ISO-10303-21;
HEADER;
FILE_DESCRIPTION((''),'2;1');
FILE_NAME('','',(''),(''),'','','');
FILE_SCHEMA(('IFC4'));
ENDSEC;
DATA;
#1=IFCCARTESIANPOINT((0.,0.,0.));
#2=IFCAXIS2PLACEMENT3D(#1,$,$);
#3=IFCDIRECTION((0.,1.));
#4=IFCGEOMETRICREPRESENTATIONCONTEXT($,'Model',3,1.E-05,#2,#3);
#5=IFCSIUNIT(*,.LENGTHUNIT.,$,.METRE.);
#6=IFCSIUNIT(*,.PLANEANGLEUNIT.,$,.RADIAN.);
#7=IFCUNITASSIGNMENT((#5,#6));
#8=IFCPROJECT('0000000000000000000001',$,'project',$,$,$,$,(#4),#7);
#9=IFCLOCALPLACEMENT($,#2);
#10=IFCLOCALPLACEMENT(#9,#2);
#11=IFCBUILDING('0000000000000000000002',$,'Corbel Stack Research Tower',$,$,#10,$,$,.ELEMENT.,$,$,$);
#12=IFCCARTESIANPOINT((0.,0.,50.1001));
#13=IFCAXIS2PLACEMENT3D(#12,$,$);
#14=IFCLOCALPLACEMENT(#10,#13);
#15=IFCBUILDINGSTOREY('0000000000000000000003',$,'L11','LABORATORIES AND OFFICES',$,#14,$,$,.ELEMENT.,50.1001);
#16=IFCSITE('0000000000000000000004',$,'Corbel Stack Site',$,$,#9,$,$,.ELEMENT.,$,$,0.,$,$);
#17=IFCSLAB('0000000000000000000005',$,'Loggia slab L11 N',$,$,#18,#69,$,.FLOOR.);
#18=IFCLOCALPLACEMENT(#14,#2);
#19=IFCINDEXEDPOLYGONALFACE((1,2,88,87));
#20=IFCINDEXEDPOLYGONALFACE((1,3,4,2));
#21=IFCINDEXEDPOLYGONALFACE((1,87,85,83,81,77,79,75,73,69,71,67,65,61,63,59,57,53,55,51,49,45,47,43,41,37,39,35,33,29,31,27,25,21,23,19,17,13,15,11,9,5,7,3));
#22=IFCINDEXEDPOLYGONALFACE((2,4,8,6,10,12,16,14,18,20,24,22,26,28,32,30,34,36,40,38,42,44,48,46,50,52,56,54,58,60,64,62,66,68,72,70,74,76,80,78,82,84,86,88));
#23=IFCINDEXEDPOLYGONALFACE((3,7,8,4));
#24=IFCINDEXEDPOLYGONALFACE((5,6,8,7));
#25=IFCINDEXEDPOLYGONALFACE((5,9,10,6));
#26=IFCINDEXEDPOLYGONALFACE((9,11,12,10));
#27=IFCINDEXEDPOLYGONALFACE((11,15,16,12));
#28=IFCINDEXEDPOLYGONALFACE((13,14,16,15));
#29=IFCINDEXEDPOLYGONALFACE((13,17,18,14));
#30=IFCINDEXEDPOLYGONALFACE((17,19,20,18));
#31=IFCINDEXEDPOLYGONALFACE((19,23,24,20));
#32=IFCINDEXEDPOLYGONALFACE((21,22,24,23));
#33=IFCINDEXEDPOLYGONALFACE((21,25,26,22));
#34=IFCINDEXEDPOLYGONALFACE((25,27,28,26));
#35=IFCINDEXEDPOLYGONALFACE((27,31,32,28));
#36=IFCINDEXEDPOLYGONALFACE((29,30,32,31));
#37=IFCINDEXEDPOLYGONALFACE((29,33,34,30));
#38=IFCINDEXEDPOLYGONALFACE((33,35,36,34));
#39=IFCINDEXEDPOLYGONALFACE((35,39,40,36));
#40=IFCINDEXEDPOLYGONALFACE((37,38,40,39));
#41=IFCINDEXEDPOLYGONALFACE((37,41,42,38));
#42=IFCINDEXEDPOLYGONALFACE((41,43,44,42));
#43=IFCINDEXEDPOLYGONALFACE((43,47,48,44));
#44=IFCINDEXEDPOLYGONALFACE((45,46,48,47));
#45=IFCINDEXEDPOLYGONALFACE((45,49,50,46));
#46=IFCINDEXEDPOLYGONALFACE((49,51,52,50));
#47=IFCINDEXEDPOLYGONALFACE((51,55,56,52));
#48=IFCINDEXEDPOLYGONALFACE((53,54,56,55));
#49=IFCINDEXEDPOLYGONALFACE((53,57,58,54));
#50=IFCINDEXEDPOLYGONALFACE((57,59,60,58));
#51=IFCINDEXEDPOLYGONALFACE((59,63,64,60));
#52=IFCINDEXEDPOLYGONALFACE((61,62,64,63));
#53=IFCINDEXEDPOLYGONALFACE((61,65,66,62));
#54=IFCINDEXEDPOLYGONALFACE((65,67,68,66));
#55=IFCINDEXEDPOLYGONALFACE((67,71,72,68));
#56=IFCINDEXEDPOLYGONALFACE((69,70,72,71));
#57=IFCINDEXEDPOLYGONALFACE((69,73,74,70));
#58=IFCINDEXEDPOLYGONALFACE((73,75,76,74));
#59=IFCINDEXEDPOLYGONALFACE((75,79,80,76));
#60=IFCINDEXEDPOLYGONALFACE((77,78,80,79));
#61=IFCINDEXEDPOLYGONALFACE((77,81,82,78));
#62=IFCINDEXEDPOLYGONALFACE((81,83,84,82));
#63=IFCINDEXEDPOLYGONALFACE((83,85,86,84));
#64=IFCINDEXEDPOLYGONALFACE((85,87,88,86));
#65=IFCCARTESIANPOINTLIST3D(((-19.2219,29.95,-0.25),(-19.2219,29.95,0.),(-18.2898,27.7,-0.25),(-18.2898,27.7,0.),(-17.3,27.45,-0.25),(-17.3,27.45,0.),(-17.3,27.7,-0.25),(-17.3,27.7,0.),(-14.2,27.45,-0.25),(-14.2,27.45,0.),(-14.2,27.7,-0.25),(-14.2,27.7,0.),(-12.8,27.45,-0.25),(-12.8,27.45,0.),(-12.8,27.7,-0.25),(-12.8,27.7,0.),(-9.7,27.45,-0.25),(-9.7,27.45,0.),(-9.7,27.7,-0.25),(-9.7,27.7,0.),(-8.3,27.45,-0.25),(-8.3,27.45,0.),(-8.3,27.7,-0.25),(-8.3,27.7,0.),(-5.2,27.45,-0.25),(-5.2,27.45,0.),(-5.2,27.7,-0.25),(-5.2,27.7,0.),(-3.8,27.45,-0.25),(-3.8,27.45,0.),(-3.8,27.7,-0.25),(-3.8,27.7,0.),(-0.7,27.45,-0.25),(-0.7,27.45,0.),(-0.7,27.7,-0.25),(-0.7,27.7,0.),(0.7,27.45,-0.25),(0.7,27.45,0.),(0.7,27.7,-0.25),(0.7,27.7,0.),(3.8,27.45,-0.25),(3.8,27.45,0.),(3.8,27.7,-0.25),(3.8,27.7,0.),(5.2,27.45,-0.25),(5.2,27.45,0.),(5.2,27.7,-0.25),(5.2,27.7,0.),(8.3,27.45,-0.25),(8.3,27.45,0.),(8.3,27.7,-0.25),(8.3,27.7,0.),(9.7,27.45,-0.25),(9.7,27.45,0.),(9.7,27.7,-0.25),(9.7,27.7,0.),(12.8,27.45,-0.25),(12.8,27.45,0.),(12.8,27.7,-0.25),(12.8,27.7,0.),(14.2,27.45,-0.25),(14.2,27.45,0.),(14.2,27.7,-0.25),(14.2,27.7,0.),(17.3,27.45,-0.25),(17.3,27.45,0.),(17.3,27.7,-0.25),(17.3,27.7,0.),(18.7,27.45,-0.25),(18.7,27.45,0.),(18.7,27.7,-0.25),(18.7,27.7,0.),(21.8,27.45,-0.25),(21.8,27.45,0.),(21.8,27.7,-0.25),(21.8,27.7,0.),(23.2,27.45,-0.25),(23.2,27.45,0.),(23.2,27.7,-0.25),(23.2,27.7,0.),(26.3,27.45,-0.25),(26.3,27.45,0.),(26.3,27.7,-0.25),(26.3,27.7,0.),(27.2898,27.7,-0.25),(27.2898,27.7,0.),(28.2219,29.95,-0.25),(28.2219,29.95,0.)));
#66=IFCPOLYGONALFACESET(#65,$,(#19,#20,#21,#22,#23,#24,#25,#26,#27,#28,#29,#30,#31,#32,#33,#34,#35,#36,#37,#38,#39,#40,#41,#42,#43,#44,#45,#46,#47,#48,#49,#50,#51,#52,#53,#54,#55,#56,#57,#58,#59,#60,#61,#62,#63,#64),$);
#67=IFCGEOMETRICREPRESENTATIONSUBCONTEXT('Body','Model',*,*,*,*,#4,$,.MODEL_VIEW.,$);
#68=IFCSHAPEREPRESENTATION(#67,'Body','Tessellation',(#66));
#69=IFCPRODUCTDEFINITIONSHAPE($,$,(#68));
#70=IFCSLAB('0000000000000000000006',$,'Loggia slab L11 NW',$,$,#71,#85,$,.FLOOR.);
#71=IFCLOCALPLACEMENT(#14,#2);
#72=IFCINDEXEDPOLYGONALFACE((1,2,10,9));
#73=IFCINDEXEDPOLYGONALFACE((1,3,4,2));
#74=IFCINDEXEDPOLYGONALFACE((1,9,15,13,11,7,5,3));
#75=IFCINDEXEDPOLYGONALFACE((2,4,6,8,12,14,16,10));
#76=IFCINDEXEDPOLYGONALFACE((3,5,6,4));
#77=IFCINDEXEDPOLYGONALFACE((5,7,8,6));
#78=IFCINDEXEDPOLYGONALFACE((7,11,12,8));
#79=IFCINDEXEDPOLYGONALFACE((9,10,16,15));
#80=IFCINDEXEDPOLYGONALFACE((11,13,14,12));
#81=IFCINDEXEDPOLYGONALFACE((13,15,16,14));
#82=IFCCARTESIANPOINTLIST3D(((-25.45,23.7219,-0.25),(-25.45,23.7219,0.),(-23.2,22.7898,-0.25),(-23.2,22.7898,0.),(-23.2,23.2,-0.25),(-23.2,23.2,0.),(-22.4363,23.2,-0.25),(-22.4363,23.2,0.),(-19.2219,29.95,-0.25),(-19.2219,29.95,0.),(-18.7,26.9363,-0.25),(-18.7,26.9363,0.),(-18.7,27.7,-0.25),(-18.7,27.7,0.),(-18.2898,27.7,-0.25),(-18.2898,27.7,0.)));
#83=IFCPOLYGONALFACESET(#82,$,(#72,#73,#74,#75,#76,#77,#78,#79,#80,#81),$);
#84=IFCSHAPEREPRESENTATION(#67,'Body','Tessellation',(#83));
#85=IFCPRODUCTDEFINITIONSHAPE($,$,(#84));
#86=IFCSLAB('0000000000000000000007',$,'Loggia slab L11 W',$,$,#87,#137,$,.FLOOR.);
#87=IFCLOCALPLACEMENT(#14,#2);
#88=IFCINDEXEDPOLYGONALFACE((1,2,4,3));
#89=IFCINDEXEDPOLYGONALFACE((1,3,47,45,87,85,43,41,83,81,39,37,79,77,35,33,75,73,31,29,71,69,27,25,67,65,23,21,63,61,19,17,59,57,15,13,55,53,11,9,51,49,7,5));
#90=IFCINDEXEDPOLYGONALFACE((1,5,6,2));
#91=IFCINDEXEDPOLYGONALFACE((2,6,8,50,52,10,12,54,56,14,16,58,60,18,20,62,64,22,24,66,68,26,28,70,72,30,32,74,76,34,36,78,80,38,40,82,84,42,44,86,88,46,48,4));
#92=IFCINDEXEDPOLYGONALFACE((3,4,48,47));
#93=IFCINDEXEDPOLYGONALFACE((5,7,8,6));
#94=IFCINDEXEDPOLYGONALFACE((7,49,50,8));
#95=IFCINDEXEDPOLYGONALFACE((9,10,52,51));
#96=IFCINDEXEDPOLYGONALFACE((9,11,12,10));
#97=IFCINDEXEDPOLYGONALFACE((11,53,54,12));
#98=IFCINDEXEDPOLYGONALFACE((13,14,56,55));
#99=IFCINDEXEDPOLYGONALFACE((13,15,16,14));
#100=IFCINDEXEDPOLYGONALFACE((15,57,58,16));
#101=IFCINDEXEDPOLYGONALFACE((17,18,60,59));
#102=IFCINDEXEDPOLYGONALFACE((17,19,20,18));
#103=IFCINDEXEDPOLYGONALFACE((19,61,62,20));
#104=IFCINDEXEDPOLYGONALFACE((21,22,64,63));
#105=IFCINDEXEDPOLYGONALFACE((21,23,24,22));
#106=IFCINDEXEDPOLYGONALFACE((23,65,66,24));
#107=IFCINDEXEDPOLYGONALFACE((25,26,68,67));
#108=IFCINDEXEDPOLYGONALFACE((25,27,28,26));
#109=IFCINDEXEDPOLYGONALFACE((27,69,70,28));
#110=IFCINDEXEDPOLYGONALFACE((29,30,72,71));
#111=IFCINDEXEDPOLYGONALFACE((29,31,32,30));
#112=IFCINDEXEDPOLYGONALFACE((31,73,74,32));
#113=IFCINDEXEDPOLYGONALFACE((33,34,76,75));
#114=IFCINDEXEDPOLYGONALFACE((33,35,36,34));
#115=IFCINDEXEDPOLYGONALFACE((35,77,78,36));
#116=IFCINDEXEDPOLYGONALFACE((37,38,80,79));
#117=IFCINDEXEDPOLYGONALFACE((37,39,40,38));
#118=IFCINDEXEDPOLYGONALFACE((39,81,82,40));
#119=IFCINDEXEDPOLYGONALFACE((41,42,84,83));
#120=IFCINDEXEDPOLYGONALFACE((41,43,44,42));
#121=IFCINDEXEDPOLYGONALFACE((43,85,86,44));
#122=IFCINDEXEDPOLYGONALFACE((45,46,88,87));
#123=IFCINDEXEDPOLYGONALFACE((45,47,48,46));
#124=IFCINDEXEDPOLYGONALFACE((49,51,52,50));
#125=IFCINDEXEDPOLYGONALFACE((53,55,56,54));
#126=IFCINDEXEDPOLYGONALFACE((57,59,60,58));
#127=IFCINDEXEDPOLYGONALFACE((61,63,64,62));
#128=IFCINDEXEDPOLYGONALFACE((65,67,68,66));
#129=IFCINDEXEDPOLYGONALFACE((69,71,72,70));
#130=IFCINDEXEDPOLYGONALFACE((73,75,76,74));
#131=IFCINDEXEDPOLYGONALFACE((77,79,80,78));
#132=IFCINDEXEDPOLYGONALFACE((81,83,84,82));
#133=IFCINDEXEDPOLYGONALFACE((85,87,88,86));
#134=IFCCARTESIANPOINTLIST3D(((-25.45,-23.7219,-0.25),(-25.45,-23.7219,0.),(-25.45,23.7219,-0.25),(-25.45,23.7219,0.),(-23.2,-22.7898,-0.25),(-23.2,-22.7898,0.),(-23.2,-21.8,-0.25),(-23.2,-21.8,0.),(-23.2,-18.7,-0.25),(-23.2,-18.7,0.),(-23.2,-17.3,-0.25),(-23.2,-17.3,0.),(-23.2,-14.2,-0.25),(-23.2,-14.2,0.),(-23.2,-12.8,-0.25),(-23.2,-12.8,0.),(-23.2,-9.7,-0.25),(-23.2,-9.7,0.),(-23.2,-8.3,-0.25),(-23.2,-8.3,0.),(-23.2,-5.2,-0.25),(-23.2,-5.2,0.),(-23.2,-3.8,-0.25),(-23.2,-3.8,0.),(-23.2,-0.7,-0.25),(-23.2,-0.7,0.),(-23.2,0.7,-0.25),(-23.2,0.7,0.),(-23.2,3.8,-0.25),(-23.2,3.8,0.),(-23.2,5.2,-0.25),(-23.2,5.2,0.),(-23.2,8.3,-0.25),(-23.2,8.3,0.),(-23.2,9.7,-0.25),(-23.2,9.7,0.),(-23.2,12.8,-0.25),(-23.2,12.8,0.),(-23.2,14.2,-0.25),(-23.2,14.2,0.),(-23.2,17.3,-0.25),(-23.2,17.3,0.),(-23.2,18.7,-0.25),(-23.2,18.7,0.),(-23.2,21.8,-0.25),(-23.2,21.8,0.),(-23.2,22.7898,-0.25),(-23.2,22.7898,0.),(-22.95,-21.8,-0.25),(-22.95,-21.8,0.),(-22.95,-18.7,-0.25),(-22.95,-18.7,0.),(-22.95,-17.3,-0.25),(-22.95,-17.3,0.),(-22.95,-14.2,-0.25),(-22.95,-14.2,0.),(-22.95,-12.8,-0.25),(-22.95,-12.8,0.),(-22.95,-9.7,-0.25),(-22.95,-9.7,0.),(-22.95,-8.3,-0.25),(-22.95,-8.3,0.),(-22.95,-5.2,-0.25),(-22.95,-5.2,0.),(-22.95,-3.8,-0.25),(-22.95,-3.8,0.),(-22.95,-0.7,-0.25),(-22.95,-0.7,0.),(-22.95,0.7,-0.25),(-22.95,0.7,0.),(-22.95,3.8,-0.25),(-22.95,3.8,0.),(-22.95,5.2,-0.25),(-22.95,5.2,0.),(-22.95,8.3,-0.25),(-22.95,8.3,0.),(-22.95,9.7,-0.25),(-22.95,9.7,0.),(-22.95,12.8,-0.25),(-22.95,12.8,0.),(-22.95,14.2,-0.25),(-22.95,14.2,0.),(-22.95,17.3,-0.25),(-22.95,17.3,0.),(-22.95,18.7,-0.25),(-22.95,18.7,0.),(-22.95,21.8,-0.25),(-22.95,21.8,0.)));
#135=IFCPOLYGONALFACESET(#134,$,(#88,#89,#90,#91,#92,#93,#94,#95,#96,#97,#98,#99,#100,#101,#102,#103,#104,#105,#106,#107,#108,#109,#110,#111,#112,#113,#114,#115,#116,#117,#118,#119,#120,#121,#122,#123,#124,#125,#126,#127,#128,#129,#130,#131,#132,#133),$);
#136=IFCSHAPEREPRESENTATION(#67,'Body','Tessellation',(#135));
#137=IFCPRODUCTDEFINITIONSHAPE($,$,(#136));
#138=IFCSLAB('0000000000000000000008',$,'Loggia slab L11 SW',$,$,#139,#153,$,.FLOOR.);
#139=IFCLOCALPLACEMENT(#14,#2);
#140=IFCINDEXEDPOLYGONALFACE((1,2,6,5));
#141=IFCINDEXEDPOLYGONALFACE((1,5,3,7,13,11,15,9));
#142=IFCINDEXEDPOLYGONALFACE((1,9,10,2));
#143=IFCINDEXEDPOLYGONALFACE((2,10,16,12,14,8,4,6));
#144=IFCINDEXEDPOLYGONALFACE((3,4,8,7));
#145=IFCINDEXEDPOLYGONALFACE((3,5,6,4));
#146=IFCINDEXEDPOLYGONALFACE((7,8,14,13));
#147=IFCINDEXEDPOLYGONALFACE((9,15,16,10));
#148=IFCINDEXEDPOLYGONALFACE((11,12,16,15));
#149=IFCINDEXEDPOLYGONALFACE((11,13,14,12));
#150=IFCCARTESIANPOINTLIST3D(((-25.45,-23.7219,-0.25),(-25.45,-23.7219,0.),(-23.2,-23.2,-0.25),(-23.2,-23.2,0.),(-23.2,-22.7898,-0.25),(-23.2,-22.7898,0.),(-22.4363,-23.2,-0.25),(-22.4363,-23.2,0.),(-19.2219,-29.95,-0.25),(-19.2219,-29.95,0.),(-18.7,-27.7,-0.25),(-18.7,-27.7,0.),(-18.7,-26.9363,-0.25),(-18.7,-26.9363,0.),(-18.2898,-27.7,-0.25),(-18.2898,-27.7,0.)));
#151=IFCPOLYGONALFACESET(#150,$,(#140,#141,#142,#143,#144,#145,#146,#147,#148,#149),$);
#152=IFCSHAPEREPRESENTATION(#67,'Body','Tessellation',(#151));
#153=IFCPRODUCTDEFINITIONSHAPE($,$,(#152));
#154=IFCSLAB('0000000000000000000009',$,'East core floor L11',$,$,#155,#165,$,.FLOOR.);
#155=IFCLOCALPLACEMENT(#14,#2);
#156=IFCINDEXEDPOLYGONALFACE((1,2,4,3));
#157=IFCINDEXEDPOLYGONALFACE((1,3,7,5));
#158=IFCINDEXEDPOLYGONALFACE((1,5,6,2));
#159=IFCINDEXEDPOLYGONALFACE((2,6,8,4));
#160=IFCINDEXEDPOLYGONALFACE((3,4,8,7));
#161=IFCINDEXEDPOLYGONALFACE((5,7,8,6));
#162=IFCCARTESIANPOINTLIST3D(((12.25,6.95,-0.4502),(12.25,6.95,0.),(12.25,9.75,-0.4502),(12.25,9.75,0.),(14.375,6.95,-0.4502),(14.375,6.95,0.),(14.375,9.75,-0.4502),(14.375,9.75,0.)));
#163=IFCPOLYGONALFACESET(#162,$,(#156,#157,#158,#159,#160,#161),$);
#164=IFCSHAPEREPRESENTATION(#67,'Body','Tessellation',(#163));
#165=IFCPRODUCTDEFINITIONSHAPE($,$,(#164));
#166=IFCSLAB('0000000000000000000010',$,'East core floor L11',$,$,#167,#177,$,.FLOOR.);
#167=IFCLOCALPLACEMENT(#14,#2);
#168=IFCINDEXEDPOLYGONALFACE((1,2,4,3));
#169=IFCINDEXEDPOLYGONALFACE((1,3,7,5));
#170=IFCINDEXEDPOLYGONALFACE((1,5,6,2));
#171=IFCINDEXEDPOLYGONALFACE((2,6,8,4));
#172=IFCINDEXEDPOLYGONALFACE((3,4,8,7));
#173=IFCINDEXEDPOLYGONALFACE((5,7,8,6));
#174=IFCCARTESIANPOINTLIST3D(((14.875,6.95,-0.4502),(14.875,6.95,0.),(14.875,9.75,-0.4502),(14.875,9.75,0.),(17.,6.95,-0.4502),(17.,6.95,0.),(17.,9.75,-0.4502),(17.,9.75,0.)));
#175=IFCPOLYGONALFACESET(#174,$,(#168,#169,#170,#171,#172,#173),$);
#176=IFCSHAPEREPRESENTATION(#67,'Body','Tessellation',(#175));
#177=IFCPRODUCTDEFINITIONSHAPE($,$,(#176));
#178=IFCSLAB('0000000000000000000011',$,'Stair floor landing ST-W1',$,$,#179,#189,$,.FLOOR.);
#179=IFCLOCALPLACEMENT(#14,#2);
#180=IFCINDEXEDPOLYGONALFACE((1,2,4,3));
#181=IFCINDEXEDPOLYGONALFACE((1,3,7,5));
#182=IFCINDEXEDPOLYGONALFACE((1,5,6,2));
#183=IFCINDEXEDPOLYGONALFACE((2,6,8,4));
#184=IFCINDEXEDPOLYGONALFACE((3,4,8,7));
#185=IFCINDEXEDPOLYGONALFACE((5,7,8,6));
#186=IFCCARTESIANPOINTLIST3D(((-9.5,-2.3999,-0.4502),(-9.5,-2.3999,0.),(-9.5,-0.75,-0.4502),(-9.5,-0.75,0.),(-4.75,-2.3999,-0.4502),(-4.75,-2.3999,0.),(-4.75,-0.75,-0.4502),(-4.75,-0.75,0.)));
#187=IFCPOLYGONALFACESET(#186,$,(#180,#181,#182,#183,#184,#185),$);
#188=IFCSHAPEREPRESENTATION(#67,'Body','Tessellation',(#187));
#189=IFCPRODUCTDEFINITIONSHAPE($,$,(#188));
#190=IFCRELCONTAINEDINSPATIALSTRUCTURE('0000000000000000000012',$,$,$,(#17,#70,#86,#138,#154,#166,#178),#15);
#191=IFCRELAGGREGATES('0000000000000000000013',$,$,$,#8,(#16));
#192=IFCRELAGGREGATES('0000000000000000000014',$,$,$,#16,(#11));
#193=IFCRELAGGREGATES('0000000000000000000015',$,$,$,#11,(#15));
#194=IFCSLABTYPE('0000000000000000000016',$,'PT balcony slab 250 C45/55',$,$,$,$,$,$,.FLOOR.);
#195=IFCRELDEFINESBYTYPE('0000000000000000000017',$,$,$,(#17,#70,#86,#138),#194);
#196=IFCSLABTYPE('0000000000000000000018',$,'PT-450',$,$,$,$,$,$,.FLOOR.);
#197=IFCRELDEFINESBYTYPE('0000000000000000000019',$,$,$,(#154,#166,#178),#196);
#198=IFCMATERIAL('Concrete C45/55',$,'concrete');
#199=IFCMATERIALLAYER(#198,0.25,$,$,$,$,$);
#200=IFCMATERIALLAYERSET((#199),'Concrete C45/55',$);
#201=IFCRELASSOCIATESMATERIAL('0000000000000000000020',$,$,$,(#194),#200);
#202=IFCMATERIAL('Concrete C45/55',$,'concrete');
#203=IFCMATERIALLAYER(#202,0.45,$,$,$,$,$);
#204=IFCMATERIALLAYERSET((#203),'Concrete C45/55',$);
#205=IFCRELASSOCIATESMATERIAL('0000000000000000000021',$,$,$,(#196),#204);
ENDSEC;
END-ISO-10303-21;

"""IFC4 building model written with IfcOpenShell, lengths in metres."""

from ifc_helpers import new_model, si_unit, direction, frame, origin, place, context, subcontext, project, spatial, polyline, outline, extrude, material, layer, layer_set, type_object, element, save


model = new_model("IFC4")

# Units and contexts
model_context = context("Model", 3, precision=1e-05, world=origin(), true_north=direction((0.0, 1.0)))
body_context = subcontext(model_context, "Body", "Model", "MODEL_VIEW")
ifc_project = project(units=[si_unit("LENGTHUNIT", "METRE"), si_unit("PLANEANGLEUNIT", "RADIAN")], contexts=[model_context])

# Site, building, storey
site_placement = place(None, origin())
site = spatial("IfcSite", under=ifc_project, at=site_placement, Name="Corbel Stack Site", CompositionType="ELEMENT", RefElevation=0.0)
building_placement = place(site_placement, origin())
building = spatial("IfcBuilding", under=site, at=building_placement, Name="Corbel Stack Research Tower", CompositionType="ELEMENT")
storey_placement = place(building_placement, frame((0.0, 0.0, 50.1001)))
storey = spatial("IfcBuildingStorey", under=building, at=storey_placement, Name="L11", Description="LABORATORIES AND OFFICES", CompositionType="ELEMENT", Elevation=50.1001)

# Slabs
ifc_material_1 = material(Name="Concrete C45/55", Category="concrete")
ifc_layer_1 = layer(ifc_material_1, 0.25)
ifc_layer_set_1 = layer_set([ifc_layer_1], Name="Concrete C45/55")
slab_type_1 = type_object("IfcSlabType", Name="PT balcony slab 250 C45/55", PredefinedType="FLOOR", material=ifc_layer_set_1)
slab_1_placement = place(storey_placement, frame((0.0, 0.0, -0.25)))
element("IfcSlab", 1, at=slab_1_placement, inside=storey, type_object=slab_type_1, Name="Loggia slab L11 N", PredefinedType="FLOOR", context=body_context, shape_type="SweptSolid", body=[
    extrude(outline(polyline([(-18.2898, 27.7), (-17.3, 27.7), (-17.3, 27.45), (-14.2, 27.45), (-14.2, 27.7), (-12.8, 27.7), (-12.8, 27.45), (-9.7, 27.45), (-9.7, 27.7), (-8.3, 27.7), (-8.3, 27.45), (-5.2, 27.45), (-5.2, 27.7), (-3.8, 27.7), (-3.8, 27.45), (-0.7, 27.45), (-0.7, 27.7), (0.7, 27.7), (0.7, 27.45), (3.8, 27.45), (3.8, 27.7), (5.2, 27.7), (5.2, 27.45), (8.3, 27.45), (8.3, 27.7), (9.7, 27.7), (9.7, 27.45), (12.8, 27.45), (12.8, 27.7), (14.2, 27.7), (14.2, 27.45), (17.3, 27.45), (17.3, 27.7), (18.7, 27.7), (18.7, 27.45), (21.8, 27.45), (21.8, 27.7), (23.2, 27.7), (23.2, 27.45), (26.3, 27.45), (26.3, 27.7), (27.2898, 27.7), (28.2219, 29.95), (-19.2219, 29.95), (-18.2898, 27.7)])), origin(), (0.0, 0.0, 1.0), 0.25),
])
slab_2_placement = place(storey_placement, frame((0.0, 0.0, -0.25)))
element("IfcSlab", 2, at=slab_2_placement, inside=storey, type_object=slab_type_1, Name="Loggia slab L11 NW", PredefinedType="FLOOR", context=body_context, shape_type="SweptSolid", body=[
    extrude(outline(polyline([(-23.2, 22.7898), (-23.2, 23.2), (-22.4363, 23.2), (-18.7, 26.9363), (-18.7, 27.7), (-18.2898, 27.7), (-19.2219, 29.95), (-25.45, 23.7219), (-23.2, 22.7898)])), origin(), (0.0, 0.0, 1.0), 0.25),
])
slab_3_placement = place(storey_placement, frame((0.0, 0.0, -0.25)))
element("IfcSlab", 3, at=slab_3_placement, inside=storey, type_object=slab_type_1, Name="Loggia slab L11 W", PredefinedType="FLOOR", context=body_context, shape_type="SweptSolid", body=[
    extrude(outline(polyline([(-23.2, -22.7898), (-23.2, -21.8), (-22.95, -21.8), (-22.95, -18.7), (-23.2, -18.7), (-23.2, -17.3), (-22.95, -17.3), (-22.95, -14.2), (-23.2, -14.2), (-23.2, -12.8), (-22.95, -12.8), (-22.95, -9.7), (-23.2, -9.7), (-23.2, -8.3), (-22.95, -8.3), (-22.95, -5.2), (-23.2, -5.2), (-23.2, -3.8), (-22.95, -3.8), (-22.95, -0.7), (-23.2, -0.7), (-23.2, 0.7), (-22.95, 0.7), (-22.95, 3.8), (-23.2, 3.8), (-23.2, 5.2), (-22.95, 5.2), (-22.95, 8.3), (-23.2, 8.3), (-23.2, 9.7), (-22.95, 9.7), (-22.95, 12.8), (-23.2, 12.8), (-23.2, 14.2), (-22.95, 14.2), (-22.95, 17.3), (-23.2, 17.3), (-23.2, 18.7), (-22.95, 18.7), (-22.95, 21.8), (-23.2, 21.8), (-23.2, 22.7898), (-25.45, 23.7219), (-25.45, -23.7219), (-23.2, -22.7898)])), origin(), (0.0, 0.0, 1.0), 0.25),
])
slab_4_placement = place(storey_placement, frame((0.0, 0.0, -0.25)))
element("IfcSlab", 4, at=slab_4_placement, inside=storey, type_object=slab_type_1, Name="Loggia slab L11 SW", PredefinedType="FLOOR", context=body_context, shape_type="SweptSolid", body=[
    extrude(outline(polyline([(-18.2898, -27.7), (-18.7, -27.7), (-18.7, -26.9363), (-22.4363, -23.2), (-23.2, -23.2), (-23.2, -22.7898), (-25.45, -23.7219), (-19.2219, -29.95), (-18.2898, -27.7)])), origin(), (0.0, 0.0, 1.0), 0.25),
])
ifc_material_2 = material(Name="Concrete C45/55", Category="concrete")
ifc_layer_2 = layer(ifc_material_2, 0.45)
ifc_layer_set_2 = layer_set([ifc_layer_2], Name="Concrete C45/55")
slab_type_2 = type_object("IfcSlabType", Name="PT-450", PredefinedType="FLOOR", material=ifc_layer_set_2)
slab_5_placement = place(storey_placement, frame((0.0, 0.0, -0.4502)))
element("IfcSlab", 5, at=slab_5_placement, inside=storey, type_object=slab_type_2, Name="East core floor L11", PredefinedType="FLOOR", context=body_context, shape_type="SweptSolid", body=[
    extrude(outline(polyline([(14.375, 6.95), (14.375, 9.75), (12.25, 9.75), (12.25, 6.95), (14.375, 6.95)])), origin(), (0.0, 0.0, 1.0), 0.4502),
])
slab_6_placement = place(storey_placement, frame((0.0, 0.0, -0.4502)))
element("IfcSlab", 6, at=slab_6_placement, inside=storey, type_object=slab_type_2, Name="East core floor L11", PredefinedType="FLOOR", context=body_context, shape_type="SweptSolid", body=[
    extrude(outline(polyline([(17.0, 6.95), (17.0, 9.75), (14.875, 9.75), (14.875, 6.95), (17.0, 6.95)])), origin(), (0.0, 0.0, 1.0), 0.4502),
])
slab_7_placement = place(storey_placement, frame((0.0, 0.0, -0.4502)))
element("IfcSlab", 7, at=slab_7_placement, inside=storey, type_object=slab_type_2, Name="Stair floor landing ST-W1", PredefinedType="FLOOR", context=body_context, shape_type="SweptSolid", body=[
    extrude(outline(polyline([(-9.5, -2.3999), (-4.75, -2.3999), (-4.75, -0.75), (-9.5, -0.75), (-9.5, -2.3999)])), origin(), (0.0, 0.0, 1.0), 0.4502),
])

save(model, "model.ifc")
